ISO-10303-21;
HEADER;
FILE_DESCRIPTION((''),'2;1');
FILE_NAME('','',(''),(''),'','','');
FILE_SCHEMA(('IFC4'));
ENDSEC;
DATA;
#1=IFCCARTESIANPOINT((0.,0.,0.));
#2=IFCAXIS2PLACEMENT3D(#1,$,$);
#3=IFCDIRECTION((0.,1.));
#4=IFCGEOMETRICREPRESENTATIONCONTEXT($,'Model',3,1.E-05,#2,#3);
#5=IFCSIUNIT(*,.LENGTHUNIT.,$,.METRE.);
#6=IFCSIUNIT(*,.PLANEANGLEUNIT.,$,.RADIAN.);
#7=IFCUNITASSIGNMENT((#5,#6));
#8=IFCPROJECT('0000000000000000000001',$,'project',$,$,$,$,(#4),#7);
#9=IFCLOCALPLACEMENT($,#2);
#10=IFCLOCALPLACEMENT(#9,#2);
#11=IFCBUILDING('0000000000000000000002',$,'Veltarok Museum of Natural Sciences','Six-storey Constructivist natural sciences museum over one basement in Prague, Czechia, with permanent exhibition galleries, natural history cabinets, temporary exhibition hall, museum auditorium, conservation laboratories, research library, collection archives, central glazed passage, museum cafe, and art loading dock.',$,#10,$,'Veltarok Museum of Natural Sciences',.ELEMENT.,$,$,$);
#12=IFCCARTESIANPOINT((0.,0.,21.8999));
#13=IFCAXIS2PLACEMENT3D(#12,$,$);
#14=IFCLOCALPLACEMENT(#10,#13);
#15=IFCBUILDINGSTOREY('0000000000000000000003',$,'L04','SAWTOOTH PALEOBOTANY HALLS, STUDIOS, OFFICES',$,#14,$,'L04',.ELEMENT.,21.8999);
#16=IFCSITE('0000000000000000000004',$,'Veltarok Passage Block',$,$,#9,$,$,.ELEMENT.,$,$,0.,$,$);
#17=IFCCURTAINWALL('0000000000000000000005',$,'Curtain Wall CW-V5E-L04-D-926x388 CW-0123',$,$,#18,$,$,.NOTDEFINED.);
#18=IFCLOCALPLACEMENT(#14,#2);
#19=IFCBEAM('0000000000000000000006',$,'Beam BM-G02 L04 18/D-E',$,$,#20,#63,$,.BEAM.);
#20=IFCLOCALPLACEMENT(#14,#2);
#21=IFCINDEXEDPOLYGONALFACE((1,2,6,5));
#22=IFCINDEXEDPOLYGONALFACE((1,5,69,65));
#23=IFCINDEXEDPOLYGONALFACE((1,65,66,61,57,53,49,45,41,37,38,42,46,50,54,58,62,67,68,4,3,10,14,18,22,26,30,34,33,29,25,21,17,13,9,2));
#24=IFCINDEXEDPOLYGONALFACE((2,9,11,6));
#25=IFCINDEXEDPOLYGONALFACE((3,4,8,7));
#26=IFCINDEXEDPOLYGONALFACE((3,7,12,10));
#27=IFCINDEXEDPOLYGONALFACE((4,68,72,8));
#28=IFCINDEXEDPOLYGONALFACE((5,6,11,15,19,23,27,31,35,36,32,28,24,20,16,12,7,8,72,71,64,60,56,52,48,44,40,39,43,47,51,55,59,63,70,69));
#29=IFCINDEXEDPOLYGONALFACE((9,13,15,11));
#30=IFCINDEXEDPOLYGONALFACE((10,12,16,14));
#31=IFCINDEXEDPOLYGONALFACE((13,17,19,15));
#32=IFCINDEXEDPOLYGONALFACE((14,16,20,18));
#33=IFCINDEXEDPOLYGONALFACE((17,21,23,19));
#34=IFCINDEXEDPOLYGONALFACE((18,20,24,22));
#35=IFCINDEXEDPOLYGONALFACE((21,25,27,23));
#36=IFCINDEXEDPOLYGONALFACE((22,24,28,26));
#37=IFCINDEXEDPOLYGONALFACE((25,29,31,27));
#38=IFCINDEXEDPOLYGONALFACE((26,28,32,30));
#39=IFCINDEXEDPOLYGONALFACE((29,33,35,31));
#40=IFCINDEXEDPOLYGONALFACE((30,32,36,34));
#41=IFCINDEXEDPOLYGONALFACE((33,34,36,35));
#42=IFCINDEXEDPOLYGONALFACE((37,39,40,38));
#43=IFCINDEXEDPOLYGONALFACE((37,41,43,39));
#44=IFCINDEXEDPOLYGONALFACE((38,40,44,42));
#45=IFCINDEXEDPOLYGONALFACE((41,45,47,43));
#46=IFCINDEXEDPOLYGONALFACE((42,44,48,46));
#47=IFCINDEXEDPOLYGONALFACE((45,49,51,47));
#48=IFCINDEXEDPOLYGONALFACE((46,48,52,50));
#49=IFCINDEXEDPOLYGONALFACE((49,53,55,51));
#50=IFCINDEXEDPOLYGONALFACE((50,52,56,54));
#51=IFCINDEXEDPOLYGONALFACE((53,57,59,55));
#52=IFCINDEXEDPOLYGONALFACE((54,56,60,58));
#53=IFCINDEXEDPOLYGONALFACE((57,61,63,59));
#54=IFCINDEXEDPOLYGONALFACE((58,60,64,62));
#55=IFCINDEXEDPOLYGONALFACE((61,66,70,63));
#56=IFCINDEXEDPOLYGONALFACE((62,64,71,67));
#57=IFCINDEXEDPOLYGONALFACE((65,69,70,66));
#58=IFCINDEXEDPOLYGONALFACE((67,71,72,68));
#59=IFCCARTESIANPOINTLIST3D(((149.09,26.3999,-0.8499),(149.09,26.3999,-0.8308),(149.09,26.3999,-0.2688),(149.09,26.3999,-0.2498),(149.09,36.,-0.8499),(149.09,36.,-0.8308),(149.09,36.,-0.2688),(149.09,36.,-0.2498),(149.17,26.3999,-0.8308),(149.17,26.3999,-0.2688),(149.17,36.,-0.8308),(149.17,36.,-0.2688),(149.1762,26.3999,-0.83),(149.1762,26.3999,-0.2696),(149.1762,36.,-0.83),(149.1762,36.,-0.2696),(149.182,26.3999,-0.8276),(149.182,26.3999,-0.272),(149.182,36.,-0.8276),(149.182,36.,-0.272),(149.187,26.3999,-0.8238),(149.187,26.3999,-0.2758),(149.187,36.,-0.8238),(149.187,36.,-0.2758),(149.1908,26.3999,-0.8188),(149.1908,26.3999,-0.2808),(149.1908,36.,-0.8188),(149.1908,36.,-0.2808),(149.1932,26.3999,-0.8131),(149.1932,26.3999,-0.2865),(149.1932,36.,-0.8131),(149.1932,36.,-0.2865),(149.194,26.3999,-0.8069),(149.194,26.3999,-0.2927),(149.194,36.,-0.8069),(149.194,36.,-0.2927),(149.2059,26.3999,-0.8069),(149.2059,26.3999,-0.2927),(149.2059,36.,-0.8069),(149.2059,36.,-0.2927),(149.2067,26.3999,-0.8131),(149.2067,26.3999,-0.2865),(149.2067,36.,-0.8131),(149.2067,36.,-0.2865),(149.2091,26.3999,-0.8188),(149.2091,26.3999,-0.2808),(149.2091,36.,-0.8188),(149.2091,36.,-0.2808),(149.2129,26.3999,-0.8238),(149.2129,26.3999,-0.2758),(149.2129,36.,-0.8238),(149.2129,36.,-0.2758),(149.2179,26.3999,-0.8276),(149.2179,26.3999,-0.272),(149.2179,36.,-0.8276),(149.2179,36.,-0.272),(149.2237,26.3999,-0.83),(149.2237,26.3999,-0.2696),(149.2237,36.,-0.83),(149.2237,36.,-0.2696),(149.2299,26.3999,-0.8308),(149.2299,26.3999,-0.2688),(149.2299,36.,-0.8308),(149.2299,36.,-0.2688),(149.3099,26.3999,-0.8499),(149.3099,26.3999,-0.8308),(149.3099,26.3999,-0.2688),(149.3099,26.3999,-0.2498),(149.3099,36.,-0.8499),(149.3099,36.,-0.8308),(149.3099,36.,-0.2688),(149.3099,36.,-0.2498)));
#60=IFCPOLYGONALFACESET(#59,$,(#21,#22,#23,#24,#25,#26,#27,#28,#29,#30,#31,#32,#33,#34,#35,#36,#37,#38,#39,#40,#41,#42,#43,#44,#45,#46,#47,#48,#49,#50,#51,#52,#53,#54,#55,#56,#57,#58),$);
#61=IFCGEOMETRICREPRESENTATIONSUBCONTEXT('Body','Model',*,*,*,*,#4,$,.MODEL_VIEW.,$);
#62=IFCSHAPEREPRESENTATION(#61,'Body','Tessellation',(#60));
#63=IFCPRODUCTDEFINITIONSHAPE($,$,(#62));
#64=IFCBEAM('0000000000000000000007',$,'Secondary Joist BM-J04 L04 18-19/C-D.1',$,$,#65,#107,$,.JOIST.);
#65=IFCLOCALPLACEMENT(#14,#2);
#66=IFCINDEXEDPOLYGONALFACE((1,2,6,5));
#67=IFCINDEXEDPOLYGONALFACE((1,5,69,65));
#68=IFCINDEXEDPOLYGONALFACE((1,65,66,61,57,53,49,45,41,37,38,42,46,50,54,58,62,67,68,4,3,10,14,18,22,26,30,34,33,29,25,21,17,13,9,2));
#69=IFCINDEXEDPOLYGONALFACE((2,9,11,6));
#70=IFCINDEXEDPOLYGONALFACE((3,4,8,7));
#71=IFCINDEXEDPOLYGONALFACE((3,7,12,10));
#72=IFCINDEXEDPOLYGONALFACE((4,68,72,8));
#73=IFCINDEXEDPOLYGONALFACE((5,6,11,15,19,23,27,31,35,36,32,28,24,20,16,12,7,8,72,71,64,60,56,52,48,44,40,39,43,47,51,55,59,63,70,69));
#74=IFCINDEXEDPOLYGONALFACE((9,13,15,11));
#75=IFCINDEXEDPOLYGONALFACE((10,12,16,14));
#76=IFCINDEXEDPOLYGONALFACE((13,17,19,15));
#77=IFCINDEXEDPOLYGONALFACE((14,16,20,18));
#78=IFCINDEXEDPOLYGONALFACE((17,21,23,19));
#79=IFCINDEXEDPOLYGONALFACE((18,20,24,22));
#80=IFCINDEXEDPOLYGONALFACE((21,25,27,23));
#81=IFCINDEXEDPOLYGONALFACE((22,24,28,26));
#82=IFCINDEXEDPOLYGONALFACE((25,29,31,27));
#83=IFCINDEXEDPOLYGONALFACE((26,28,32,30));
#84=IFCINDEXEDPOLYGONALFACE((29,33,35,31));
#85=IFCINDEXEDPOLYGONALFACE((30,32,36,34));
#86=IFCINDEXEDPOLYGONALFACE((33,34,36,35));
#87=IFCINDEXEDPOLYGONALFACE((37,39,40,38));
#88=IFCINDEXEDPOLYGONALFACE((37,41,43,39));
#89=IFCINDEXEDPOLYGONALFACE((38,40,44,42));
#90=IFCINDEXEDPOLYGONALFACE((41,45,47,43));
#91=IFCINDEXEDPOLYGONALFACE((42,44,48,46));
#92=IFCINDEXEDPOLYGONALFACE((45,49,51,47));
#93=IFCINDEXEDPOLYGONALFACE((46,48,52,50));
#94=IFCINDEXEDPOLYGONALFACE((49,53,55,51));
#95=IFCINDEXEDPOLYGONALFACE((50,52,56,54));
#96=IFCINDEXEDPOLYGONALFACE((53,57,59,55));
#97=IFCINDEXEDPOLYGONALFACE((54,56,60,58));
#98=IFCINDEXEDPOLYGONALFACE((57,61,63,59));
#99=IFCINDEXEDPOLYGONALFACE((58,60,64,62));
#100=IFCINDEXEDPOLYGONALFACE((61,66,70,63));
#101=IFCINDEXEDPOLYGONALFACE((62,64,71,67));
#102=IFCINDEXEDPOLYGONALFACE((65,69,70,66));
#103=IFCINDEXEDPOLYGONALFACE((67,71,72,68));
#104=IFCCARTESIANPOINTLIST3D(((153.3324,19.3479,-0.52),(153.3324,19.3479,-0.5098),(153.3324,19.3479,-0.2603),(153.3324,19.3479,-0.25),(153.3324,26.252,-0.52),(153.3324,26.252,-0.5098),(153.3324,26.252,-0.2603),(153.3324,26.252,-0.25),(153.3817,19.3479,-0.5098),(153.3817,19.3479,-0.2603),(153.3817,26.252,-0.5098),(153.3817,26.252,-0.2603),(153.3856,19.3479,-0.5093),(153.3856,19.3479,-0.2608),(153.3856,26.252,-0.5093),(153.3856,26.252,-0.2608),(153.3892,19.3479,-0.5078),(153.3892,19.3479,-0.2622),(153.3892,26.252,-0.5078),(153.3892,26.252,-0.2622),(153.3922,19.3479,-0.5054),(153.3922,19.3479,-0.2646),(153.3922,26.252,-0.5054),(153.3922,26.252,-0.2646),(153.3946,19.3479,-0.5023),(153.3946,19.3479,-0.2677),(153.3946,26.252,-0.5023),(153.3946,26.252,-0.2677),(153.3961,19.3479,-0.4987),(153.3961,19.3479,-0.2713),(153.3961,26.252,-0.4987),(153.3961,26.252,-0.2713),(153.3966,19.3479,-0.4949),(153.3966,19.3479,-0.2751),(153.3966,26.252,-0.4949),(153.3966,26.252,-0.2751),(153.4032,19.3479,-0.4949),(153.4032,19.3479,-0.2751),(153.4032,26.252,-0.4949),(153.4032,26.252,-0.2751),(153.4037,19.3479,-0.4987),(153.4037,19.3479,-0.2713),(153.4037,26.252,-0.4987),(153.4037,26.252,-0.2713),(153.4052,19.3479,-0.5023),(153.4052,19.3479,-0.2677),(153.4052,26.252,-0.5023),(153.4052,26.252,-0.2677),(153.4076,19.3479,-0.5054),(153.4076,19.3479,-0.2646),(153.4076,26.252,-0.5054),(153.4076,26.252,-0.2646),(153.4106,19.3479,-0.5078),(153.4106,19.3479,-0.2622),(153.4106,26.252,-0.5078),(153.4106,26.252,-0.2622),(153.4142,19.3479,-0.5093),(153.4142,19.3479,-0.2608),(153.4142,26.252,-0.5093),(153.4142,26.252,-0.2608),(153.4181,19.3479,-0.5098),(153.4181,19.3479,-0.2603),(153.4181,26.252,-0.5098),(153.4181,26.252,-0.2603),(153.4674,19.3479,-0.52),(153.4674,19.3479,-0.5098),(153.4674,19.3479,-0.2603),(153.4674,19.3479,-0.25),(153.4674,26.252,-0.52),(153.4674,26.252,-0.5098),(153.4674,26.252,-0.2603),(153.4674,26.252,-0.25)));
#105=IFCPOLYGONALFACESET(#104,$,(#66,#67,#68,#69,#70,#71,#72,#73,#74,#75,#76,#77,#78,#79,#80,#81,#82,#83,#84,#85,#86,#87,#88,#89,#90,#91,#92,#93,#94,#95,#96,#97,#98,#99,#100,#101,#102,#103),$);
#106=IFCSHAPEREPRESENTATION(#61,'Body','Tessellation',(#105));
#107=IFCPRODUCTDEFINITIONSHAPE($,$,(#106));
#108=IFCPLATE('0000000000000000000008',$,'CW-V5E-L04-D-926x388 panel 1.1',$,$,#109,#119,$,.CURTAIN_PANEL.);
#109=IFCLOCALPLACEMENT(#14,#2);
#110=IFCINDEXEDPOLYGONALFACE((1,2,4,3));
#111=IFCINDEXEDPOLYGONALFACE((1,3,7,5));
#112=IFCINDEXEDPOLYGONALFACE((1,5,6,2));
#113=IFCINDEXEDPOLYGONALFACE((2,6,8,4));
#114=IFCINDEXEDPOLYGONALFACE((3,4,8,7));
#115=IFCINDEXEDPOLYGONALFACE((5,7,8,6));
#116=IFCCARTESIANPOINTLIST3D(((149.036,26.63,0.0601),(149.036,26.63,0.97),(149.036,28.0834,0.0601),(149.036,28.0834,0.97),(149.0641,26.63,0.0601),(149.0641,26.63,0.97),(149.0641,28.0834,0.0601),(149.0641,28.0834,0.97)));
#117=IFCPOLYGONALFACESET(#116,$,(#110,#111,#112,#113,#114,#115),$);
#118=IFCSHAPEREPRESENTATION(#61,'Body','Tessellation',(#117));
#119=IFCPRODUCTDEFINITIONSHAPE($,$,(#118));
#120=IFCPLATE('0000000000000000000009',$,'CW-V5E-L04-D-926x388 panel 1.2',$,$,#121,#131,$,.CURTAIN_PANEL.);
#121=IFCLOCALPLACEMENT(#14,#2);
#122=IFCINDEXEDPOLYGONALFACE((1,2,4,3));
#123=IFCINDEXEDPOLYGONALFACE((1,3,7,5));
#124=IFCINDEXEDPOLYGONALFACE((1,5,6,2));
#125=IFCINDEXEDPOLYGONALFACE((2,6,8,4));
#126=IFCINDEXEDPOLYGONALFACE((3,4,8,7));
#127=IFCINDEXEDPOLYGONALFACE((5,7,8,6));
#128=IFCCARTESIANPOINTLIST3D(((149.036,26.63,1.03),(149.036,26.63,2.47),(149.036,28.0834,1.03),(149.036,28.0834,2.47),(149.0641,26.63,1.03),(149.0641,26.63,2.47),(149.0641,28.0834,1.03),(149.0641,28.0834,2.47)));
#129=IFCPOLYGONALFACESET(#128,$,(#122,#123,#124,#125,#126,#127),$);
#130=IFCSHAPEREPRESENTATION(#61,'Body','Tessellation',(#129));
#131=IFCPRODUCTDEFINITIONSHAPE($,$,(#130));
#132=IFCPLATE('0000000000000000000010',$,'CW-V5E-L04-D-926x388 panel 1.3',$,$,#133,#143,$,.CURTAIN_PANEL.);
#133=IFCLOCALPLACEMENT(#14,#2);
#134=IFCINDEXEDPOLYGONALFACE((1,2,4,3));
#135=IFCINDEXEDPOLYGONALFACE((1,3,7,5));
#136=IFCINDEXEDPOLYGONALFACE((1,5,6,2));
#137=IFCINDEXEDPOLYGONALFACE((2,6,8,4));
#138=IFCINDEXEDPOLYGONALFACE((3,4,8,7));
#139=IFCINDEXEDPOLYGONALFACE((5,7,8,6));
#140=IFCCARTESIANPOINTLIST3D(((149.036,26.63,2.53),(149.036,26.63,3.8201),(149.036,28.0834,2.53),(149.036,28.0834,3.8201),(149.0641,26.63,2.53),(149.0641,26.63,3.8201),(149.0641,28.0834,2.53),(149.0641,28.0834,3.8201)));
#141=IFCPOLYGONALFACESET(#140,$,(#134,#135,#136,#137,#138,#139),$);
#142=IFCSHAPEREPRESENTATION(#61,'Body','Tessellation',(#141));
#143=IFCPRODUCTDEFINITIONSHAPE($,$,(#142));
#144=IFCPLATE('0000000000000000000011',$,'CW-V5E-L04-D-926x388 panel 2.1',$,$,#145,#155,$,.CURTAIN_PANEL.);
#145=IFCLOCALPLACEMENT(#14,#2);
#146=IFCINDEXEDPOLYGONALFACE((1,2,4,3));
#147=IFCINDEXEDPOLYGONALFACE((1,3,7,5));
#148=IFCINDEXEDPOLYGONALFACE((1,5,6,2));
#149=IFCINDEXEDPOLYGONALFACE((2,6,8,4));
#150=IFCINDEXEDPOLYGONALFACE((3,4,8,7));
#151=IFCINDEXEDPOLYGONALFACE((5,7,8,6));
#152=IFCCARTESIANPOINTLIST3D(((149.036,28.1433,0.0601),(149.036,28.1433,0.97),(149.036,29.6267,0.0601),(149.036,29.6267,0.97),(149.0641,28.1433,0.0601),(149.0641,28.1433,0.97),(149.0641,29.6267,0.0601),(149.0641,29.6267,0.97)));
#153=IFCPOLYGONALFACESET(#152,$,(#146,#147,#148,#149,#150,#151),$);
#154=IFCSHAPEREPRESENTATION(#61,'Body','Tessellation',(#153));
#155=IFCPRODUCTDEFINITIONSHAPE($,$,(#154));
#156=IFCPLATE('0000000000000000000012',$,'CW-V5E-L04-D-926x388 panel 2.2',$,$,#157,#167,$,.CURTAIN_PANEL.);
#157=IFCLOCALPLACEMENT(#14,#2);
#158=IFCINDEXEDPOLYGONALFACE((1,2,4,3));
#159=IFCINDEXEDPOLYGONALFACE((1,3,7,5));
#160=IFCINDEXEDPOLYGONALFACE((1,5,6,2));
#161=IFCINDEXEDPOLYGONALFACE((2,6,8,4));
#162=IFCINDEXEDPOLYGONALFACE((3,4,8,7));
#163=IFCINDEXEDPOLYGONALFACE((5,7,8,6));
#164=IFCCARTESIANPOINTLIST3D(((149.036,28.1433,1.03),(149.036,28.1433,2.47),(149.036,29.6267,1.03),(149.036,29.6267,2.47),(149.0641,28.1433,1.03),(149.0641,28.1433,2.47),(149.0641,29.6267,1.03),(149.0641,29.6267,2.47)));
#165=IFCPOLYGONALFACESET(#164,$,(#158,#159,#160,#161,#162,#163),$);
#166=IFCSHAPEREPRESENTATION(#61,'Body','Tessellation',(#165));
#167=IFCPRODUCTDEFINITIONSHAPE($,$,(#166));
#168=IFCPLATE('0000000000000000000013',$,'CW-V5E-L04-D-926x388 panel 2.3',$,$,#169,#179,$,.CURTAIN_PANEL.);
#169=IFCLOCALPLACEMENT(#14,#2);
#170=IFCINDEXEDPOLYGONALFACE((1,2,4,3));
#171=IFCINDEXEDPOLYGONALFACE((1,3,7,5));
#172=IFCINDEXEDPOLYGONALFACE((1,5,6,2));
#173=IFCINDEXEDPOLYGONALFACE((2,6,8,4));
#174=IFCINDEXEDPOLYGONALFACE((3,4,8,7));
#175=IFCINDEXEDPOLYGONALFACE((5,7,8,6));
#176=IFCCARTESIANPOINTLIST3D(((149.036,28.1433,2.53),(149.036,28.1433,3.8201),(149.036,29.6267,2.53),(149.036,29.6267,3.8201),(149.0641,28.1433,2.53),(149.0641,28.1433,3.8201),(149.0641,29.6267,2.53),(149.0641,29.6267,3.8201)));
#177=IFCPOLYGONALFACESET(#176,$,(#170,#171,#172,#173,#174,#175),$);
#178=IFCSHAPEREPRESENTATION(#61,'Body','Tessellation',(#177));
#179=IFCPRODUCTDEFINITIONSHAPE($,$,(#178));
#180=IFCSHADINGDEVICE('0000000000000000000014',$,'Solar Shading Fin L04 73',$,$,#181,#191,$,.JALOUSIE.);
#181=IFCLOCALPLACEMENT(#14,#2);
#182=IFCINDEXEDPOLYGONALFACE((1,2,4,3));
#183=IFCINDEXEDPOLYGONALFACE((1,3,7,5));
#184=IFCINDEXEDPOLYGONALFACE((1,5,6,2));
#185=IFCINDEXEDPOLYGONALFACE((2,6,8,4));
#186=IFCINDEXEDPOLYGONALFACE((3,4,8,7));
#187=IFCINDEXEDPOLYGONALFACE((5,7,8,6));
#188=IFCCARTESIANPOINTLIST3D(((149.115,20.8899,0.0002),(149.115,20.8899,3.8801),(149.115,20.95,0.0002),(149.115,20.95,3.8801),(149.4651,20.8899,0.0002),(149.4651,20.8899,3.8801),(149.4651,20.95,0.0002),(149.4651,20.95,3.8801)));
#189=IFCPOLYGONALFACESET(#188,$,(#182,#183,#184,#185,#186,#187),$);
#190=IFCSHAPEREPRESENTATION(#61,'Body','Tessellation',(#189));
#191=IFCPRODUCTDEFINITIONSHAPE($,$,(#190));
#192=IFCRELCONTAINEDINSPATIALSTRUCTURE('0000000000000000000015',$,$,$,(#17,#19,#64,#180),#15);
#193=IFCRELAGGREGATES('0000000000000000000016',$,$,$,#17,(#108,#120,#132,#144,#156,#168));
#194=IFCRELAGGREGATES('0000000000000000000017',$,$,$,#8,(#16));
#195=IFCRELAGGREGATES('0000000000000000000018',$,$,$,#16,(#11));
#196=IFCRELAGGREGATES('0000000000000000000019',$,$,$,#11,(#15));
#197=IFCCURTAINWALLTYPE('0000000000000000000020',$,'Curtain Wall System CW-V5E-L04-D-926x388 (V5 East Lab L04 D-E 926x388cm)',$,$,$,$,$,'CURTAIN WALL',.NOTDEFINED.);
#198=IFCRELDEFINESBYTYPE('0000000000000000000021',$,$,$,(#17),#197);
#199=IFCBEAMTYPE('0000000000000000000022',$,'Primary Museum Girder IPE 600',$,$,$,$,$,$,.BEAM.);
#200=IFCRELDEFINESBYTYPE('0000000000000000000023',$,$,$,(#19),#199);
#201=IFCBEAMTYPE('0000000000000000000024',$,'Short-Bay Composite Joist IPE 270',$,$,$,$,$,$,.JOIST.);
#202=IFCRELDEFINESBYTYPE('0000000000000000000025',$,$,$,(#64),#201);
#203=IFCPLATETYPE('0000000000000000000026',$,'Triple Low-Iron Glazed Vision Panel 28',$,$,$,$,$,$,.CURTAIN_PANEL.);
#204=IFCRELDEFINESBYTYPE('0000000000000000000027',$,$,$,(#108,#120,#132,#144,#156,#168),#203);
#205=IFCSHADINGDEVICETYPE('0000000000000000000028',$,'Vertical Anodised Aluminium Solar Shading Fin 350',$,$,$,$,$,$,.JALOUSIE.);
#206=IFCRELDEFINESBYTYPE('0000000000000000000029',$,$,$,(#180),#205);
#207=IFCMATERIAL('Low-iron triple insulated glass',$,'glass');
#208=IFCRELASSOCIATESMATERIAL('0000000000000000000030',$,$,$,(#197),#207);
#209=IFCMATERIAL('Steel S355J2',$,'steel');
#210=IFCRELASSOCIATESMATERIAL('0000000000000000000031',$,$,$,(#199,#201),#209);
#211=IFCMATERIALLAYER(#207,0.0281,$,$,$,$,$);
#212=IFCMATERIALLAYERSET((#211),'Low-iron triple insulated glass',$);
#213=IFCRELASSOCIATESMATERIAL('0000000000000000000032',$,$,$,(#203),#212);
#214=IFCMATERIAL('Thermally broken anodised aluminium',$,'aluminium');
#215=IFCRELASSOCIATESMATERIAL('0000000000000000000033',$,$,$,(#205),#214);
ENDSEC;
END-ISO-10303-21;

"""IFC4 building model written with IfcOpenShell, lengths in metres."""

from ifc_helpers import new_model, si_unit, direction, frame, origin, origin_2d, place, context, subcontext, project, spatial, rectangle, i_section, extrude, material, layer, layer_set, material_profile, profile_set, type_object, element, aggregate, save


model = new_model("IFC4")

# Units and contexts
model_context = context("Model", 3, precision=1e-05, world=origin(), true_north=direction((0.0, 1.0)))
body_context = subcontext(model_context, "Body", "Model", "MODEL_VIEW")
ifc_project = project(units=[si_unit("LENGTHUNIT", "METRE"), si_unit("PLANEANGLEUNIT", "RADIAN")], contexts=[model_context])

# Site, building, storey
site_placement = place(None, origin())
site = spatial("IfcSite", under=ifc_project, at=site_placement, Name="Veltarok Passage Block", CompositionType="ELEMENT", RefElevation=0.0)
building_placement = place(site_placement, origin())
building = spatial("IfcBuilding", under=site, at=building_placement, Name="Veltarok Museum of Natural Sciences", Description="Six-storey Constructivist natural sciences museum over one basement in Prague, Czechia, with permanent exhibition galleries, natural history cabinets, temporary exhibition hall, museum auditorium, conservation laboratories, research library, collection archives, central glazed passage, museum cafe, and art loading dock.", LongName="Veltarok Museum of Natural Sciences", CompositionType="ELEMENT")
storey_placement = place(building_placement, frame((0.0, 0.0, 21.8999)))
storey = spatial("IfcBuildingStorey", under=building, at=storey_placement, Name="L04", Description="SAWTOOTH PALEOBOTANY HALLS, STUDIOS, OFFICES", LongName="L04", CompositionType="ELEMENT", Elevation=21.8999)

# Shared definitions
ifc_material_1 = material(Name="Steel S355J2", Category="steel")

# Curtain wall
ifc_material_2 = material(Name="Low-iron triple insulated glass", Category="glass")
curtain_wall_type = type_object("IfcCurtainWallType", Name="Curtain Wall System CW-V5E-L04-D-926x388 (V5 East Lab L04 D-E 926x388cm)", ElementType="CURTAIN WALL", PredefinedType="NOTDEFINED", material=ifc_material_2)
curtain_wall_placement = place(storey_placement, origin())
curtain_wall = element("IfcCurtainWall", 1, at=curtain_wall_placement, inside=storey, type_object=curtain_wall_type, Name="Curtain Wall CW-V5E-L04-D-926x388 CW-0123", PredefinedType="NOTDEFINED")
ifc_material_3 = material(Name="Thermally broken anodised aluminium", Category="aluminium")

# Beams
ifc_material_profile_1 = material_profile(ifc_material_1, i_section(OverallWidth=0.22, OverallDepth=0.6001, WebThickness=0.012, FlangeThickness=0.019, FilletRadius=0.0239, at=origin_2d()), Name="IPE 600")
ifc_profile_set_1 = profile_set([ifc_material_profile_1], Name="Steel S355J2")
beam_type_1 = type_object("IfcBeamType", Name="Primary Museum Girder IPE 600", PredefinedType="BEAM", material=ifc_profile_set_1)
beam_1_placement = place(storey_placement, frame((149.2, 26.3999, -0.5498), z_axis=(0.0, 1.0, 0.0), x_axis=(-1.0, 0.0, 0.0)))
element("IfcBeam", 2, at=beam_1_placement, inside=storey, type_object=beam_type_1, Name="Beam BM-G02 L04 18/D-E", PredefinedType="BEAM", context=body_context, shape_type="SweptSolid", body=[
    extrude(i_section(OverallWidth=0.22, OverallDepth=0.6001, WebThickness=0.012, FlangeThickness=0.019, FilletRadius=0.0239, at=origin_2d()), origin(), (0.0, 0.0, 1.0), 9.6001),
])
ifc_material_profile_2 = material_profile(ifc_material_1, i_section(OverallWidth=0.135, OverallDepth=0.27, WebThickness=0.0066, FlangeThickness=0.0103, FilletRadius=0.0149, at=origin_2d()), Name="IPE 270")
ifc_profile_set_2 = profile_set([ifc_material_profile_2], Name="Steel S355J2")
beam_type_2 = type_object("IfcBeamType", Name="Short-Bay Composite Joist IPE 270", PredefinedType="JOIST", material=ifc_profile_set_2)
beam_2_placement = place(storey_placement, frame((153.3999, 19.3479, -0.385), z_axis=(0.0, 1.0, 0.0), x_axis=(-1.0, 0.0, 0.0)))
element("IfcBeam", 3, at=beam_2_placement, inside=storey, type_object=beam_type_2, Name="Secondary Joist BM-J04 L04 18-19/C-D.1", PredefinedType="JOIST", context=body_context, shape_type="SweptSolid", body=[
    extrude(i_section(OverallWidth=0.135, OverallDepth=0.27, WebThickness=0.0066, FlangeThickness=0.0103, FilletRadius=0.0149, at=origin_2d()), origin(), (0.0, 0.0, 1.0), 6.9041),
])

# Plates
ifc_layer = layer(ifc_material_2, 0.0281)
ifc_layer_set = layer_set([ifc_layer], Name="Low-iron triple insulated glass")
plate_type = type_object("IfcPlateType", Name="Triple Low-Iron Glazed Vision Panel 28", PredefinedType="CURTAIN_PANEL", material=ifc_layer_set)
plate_1_placement = place(storey_placement, frame((149.05, 27.3567, 0.0601), z_axis=(0.0, 0.0, 1.0), x_axis=(0.0, 1.0, 0.0)))
plate_1 = element("IfcPlate", 4, at=plate_1_placement, type_object=plate_type, Name="CW-V5E-L04-D-926x388 panel 1.1", PredefinedType="CURTAIN_PANEL", context=body_context, shape_type="SweptSolid", body=[
    extrude(rectangle(XDim=1.4534, YDim=0.0281, at=origin_2d()), origin(), (0.0, 0.0, 1.0), 0.9099),
])
plate_2_placement = place(storey_placement, frame((149.05, 27.3567, 1.03), z_axis=(0.0, 0.0, 1.0), x_axis=(0.0, 1.0, 0.0)))
plate_2 = element("IfcPlate", 5, at=plate_2_placement, type_object=plate_type, Name="CW-V5E-L04-D-926x388 panel 1.2", PredefinedType="CURTAIN_PANEL", context=body_context, shape_type="SweptSolid", body=[
    extrude(rectangle(XDim=1.4534, YDim=0.0281, at=origin_2d()), origin(), (0.0, 0.0, 1.0), 1.4399),
])
plate_3_placement = place(storey_placement, frame((149.05, 27.3567, 2.53), z_axis=(0.0, 0.0, 1.0), x_axis=(0.0, 1.0, 0.0)))
plate_3 = element("IfcPlate", 6, at=plate_3_placement, type_object=plate_type, Name="CW-V5E-L04-D-926x388 panel 1.3", PredefinedType="CURTAIN_PANEL", context=body_context, shape_type="SweptSolid", body=[
    extrude(rectangle(XDim=1.4534, YDim=0.0281, at=origin_2d()), origin(), (0.0, 0.0, 1.0), 1.29),
])
plate_4_placement = place(storey_placement, frame((149.05, 28.885, 0.0601), z_axis=(0.0, 0.0, 1.0), x_axis=(0.0, 1.0, 0.0)))
plate_4 = element("IfcPlate", 7, at=plate_4_placement, type_object=plate_type, Name="CW-V5E-L04-D-926x388 panel 2.1", PredefinedType="CURTAIN_PANEL", context=body_context, shape_type="SweptSolid", body=[
    extrude(rectangle(XDim=1.4834, YDim=0.0281, at=origin_2d()), origin(), (0.0, 0.0, 1.0), 0.9099),
])
plate_5_placement = place(storey_placement, frame((149.05, 28.885, 1.03), z_axis=(0.0, 0.0, 1.0), x_axis=(0.0, 1.0, 0.0)))
plate_5 = element("IfcPlate", 8, at=plate_5_placement, type_object=plate_type, Name="CW-V5E-L04-D-926x388 panel 2.2", PredefinedType="CURTAIN_PANEL", context=body_context, shape_type="SweptSolid", body=[
    extrude(rectangle(XDim=1.4834, YDim=0.0281, at=origin_2d()), origin(), (0.0, 0.0, 1.0), 1.4399),
])
plate_6_placement = place(storey_placement, frame((149.05, 28.885, 2.53), z_axis=(0.0, 0.0, 1.0), x_axis=(0.0, 1.0, 0.0)))
plate_6 = element("IfcPlate", 9, at=plate_6_placement, type_object=plate_type, Name="CW-V5E-L04-D-926x388 panel 2.3", PredefinedType="CURTAIN_PANEL", context=body_context, shape_type="SweptSolid", body=[
    extrude(rectangle(XDim=1.4834, YDim=0.0281, at=origin_2d()), origin(), (0.0, 0.0, 1.0), 1.29),
])
aggregate(curtain_wall, [plate_1, plate_2, plate_3, plate_4, plate_5, plate_6])

# Shading device
shading_device_type = type_object("IfcShadingDeviceType", Name="Vertical Anodised Aluminium Solar Shading Fin 350", PredefinedType="JALOUSIE", material=ifc_material_3)
for number, where, z_axis, x_axis, name in (
    (10, (149.29, 20.9199, 0.0002), (0.0, 0.0, 1.0), (1.0, 0.0, 0.0), "Solar Shading Fin L04 73"),
):
    element("IfcShadingDevice", number, at=place(storey_placement, frame(where, z_axis=z_axis, x_axis=x_axis)), inside=storey, type_object=shading_device_type, Name=name, PredefinedType="JALOUSIE", context=body_context, shape_type="SweptSolid", body=[
        extrude(rectangle(XDim=0.3501, YDim=0.0601, at=origin_2d()), origin(), (0.0, 0.0, 1.0), 3.8799),
    ])

save(model, "model.ifc")
